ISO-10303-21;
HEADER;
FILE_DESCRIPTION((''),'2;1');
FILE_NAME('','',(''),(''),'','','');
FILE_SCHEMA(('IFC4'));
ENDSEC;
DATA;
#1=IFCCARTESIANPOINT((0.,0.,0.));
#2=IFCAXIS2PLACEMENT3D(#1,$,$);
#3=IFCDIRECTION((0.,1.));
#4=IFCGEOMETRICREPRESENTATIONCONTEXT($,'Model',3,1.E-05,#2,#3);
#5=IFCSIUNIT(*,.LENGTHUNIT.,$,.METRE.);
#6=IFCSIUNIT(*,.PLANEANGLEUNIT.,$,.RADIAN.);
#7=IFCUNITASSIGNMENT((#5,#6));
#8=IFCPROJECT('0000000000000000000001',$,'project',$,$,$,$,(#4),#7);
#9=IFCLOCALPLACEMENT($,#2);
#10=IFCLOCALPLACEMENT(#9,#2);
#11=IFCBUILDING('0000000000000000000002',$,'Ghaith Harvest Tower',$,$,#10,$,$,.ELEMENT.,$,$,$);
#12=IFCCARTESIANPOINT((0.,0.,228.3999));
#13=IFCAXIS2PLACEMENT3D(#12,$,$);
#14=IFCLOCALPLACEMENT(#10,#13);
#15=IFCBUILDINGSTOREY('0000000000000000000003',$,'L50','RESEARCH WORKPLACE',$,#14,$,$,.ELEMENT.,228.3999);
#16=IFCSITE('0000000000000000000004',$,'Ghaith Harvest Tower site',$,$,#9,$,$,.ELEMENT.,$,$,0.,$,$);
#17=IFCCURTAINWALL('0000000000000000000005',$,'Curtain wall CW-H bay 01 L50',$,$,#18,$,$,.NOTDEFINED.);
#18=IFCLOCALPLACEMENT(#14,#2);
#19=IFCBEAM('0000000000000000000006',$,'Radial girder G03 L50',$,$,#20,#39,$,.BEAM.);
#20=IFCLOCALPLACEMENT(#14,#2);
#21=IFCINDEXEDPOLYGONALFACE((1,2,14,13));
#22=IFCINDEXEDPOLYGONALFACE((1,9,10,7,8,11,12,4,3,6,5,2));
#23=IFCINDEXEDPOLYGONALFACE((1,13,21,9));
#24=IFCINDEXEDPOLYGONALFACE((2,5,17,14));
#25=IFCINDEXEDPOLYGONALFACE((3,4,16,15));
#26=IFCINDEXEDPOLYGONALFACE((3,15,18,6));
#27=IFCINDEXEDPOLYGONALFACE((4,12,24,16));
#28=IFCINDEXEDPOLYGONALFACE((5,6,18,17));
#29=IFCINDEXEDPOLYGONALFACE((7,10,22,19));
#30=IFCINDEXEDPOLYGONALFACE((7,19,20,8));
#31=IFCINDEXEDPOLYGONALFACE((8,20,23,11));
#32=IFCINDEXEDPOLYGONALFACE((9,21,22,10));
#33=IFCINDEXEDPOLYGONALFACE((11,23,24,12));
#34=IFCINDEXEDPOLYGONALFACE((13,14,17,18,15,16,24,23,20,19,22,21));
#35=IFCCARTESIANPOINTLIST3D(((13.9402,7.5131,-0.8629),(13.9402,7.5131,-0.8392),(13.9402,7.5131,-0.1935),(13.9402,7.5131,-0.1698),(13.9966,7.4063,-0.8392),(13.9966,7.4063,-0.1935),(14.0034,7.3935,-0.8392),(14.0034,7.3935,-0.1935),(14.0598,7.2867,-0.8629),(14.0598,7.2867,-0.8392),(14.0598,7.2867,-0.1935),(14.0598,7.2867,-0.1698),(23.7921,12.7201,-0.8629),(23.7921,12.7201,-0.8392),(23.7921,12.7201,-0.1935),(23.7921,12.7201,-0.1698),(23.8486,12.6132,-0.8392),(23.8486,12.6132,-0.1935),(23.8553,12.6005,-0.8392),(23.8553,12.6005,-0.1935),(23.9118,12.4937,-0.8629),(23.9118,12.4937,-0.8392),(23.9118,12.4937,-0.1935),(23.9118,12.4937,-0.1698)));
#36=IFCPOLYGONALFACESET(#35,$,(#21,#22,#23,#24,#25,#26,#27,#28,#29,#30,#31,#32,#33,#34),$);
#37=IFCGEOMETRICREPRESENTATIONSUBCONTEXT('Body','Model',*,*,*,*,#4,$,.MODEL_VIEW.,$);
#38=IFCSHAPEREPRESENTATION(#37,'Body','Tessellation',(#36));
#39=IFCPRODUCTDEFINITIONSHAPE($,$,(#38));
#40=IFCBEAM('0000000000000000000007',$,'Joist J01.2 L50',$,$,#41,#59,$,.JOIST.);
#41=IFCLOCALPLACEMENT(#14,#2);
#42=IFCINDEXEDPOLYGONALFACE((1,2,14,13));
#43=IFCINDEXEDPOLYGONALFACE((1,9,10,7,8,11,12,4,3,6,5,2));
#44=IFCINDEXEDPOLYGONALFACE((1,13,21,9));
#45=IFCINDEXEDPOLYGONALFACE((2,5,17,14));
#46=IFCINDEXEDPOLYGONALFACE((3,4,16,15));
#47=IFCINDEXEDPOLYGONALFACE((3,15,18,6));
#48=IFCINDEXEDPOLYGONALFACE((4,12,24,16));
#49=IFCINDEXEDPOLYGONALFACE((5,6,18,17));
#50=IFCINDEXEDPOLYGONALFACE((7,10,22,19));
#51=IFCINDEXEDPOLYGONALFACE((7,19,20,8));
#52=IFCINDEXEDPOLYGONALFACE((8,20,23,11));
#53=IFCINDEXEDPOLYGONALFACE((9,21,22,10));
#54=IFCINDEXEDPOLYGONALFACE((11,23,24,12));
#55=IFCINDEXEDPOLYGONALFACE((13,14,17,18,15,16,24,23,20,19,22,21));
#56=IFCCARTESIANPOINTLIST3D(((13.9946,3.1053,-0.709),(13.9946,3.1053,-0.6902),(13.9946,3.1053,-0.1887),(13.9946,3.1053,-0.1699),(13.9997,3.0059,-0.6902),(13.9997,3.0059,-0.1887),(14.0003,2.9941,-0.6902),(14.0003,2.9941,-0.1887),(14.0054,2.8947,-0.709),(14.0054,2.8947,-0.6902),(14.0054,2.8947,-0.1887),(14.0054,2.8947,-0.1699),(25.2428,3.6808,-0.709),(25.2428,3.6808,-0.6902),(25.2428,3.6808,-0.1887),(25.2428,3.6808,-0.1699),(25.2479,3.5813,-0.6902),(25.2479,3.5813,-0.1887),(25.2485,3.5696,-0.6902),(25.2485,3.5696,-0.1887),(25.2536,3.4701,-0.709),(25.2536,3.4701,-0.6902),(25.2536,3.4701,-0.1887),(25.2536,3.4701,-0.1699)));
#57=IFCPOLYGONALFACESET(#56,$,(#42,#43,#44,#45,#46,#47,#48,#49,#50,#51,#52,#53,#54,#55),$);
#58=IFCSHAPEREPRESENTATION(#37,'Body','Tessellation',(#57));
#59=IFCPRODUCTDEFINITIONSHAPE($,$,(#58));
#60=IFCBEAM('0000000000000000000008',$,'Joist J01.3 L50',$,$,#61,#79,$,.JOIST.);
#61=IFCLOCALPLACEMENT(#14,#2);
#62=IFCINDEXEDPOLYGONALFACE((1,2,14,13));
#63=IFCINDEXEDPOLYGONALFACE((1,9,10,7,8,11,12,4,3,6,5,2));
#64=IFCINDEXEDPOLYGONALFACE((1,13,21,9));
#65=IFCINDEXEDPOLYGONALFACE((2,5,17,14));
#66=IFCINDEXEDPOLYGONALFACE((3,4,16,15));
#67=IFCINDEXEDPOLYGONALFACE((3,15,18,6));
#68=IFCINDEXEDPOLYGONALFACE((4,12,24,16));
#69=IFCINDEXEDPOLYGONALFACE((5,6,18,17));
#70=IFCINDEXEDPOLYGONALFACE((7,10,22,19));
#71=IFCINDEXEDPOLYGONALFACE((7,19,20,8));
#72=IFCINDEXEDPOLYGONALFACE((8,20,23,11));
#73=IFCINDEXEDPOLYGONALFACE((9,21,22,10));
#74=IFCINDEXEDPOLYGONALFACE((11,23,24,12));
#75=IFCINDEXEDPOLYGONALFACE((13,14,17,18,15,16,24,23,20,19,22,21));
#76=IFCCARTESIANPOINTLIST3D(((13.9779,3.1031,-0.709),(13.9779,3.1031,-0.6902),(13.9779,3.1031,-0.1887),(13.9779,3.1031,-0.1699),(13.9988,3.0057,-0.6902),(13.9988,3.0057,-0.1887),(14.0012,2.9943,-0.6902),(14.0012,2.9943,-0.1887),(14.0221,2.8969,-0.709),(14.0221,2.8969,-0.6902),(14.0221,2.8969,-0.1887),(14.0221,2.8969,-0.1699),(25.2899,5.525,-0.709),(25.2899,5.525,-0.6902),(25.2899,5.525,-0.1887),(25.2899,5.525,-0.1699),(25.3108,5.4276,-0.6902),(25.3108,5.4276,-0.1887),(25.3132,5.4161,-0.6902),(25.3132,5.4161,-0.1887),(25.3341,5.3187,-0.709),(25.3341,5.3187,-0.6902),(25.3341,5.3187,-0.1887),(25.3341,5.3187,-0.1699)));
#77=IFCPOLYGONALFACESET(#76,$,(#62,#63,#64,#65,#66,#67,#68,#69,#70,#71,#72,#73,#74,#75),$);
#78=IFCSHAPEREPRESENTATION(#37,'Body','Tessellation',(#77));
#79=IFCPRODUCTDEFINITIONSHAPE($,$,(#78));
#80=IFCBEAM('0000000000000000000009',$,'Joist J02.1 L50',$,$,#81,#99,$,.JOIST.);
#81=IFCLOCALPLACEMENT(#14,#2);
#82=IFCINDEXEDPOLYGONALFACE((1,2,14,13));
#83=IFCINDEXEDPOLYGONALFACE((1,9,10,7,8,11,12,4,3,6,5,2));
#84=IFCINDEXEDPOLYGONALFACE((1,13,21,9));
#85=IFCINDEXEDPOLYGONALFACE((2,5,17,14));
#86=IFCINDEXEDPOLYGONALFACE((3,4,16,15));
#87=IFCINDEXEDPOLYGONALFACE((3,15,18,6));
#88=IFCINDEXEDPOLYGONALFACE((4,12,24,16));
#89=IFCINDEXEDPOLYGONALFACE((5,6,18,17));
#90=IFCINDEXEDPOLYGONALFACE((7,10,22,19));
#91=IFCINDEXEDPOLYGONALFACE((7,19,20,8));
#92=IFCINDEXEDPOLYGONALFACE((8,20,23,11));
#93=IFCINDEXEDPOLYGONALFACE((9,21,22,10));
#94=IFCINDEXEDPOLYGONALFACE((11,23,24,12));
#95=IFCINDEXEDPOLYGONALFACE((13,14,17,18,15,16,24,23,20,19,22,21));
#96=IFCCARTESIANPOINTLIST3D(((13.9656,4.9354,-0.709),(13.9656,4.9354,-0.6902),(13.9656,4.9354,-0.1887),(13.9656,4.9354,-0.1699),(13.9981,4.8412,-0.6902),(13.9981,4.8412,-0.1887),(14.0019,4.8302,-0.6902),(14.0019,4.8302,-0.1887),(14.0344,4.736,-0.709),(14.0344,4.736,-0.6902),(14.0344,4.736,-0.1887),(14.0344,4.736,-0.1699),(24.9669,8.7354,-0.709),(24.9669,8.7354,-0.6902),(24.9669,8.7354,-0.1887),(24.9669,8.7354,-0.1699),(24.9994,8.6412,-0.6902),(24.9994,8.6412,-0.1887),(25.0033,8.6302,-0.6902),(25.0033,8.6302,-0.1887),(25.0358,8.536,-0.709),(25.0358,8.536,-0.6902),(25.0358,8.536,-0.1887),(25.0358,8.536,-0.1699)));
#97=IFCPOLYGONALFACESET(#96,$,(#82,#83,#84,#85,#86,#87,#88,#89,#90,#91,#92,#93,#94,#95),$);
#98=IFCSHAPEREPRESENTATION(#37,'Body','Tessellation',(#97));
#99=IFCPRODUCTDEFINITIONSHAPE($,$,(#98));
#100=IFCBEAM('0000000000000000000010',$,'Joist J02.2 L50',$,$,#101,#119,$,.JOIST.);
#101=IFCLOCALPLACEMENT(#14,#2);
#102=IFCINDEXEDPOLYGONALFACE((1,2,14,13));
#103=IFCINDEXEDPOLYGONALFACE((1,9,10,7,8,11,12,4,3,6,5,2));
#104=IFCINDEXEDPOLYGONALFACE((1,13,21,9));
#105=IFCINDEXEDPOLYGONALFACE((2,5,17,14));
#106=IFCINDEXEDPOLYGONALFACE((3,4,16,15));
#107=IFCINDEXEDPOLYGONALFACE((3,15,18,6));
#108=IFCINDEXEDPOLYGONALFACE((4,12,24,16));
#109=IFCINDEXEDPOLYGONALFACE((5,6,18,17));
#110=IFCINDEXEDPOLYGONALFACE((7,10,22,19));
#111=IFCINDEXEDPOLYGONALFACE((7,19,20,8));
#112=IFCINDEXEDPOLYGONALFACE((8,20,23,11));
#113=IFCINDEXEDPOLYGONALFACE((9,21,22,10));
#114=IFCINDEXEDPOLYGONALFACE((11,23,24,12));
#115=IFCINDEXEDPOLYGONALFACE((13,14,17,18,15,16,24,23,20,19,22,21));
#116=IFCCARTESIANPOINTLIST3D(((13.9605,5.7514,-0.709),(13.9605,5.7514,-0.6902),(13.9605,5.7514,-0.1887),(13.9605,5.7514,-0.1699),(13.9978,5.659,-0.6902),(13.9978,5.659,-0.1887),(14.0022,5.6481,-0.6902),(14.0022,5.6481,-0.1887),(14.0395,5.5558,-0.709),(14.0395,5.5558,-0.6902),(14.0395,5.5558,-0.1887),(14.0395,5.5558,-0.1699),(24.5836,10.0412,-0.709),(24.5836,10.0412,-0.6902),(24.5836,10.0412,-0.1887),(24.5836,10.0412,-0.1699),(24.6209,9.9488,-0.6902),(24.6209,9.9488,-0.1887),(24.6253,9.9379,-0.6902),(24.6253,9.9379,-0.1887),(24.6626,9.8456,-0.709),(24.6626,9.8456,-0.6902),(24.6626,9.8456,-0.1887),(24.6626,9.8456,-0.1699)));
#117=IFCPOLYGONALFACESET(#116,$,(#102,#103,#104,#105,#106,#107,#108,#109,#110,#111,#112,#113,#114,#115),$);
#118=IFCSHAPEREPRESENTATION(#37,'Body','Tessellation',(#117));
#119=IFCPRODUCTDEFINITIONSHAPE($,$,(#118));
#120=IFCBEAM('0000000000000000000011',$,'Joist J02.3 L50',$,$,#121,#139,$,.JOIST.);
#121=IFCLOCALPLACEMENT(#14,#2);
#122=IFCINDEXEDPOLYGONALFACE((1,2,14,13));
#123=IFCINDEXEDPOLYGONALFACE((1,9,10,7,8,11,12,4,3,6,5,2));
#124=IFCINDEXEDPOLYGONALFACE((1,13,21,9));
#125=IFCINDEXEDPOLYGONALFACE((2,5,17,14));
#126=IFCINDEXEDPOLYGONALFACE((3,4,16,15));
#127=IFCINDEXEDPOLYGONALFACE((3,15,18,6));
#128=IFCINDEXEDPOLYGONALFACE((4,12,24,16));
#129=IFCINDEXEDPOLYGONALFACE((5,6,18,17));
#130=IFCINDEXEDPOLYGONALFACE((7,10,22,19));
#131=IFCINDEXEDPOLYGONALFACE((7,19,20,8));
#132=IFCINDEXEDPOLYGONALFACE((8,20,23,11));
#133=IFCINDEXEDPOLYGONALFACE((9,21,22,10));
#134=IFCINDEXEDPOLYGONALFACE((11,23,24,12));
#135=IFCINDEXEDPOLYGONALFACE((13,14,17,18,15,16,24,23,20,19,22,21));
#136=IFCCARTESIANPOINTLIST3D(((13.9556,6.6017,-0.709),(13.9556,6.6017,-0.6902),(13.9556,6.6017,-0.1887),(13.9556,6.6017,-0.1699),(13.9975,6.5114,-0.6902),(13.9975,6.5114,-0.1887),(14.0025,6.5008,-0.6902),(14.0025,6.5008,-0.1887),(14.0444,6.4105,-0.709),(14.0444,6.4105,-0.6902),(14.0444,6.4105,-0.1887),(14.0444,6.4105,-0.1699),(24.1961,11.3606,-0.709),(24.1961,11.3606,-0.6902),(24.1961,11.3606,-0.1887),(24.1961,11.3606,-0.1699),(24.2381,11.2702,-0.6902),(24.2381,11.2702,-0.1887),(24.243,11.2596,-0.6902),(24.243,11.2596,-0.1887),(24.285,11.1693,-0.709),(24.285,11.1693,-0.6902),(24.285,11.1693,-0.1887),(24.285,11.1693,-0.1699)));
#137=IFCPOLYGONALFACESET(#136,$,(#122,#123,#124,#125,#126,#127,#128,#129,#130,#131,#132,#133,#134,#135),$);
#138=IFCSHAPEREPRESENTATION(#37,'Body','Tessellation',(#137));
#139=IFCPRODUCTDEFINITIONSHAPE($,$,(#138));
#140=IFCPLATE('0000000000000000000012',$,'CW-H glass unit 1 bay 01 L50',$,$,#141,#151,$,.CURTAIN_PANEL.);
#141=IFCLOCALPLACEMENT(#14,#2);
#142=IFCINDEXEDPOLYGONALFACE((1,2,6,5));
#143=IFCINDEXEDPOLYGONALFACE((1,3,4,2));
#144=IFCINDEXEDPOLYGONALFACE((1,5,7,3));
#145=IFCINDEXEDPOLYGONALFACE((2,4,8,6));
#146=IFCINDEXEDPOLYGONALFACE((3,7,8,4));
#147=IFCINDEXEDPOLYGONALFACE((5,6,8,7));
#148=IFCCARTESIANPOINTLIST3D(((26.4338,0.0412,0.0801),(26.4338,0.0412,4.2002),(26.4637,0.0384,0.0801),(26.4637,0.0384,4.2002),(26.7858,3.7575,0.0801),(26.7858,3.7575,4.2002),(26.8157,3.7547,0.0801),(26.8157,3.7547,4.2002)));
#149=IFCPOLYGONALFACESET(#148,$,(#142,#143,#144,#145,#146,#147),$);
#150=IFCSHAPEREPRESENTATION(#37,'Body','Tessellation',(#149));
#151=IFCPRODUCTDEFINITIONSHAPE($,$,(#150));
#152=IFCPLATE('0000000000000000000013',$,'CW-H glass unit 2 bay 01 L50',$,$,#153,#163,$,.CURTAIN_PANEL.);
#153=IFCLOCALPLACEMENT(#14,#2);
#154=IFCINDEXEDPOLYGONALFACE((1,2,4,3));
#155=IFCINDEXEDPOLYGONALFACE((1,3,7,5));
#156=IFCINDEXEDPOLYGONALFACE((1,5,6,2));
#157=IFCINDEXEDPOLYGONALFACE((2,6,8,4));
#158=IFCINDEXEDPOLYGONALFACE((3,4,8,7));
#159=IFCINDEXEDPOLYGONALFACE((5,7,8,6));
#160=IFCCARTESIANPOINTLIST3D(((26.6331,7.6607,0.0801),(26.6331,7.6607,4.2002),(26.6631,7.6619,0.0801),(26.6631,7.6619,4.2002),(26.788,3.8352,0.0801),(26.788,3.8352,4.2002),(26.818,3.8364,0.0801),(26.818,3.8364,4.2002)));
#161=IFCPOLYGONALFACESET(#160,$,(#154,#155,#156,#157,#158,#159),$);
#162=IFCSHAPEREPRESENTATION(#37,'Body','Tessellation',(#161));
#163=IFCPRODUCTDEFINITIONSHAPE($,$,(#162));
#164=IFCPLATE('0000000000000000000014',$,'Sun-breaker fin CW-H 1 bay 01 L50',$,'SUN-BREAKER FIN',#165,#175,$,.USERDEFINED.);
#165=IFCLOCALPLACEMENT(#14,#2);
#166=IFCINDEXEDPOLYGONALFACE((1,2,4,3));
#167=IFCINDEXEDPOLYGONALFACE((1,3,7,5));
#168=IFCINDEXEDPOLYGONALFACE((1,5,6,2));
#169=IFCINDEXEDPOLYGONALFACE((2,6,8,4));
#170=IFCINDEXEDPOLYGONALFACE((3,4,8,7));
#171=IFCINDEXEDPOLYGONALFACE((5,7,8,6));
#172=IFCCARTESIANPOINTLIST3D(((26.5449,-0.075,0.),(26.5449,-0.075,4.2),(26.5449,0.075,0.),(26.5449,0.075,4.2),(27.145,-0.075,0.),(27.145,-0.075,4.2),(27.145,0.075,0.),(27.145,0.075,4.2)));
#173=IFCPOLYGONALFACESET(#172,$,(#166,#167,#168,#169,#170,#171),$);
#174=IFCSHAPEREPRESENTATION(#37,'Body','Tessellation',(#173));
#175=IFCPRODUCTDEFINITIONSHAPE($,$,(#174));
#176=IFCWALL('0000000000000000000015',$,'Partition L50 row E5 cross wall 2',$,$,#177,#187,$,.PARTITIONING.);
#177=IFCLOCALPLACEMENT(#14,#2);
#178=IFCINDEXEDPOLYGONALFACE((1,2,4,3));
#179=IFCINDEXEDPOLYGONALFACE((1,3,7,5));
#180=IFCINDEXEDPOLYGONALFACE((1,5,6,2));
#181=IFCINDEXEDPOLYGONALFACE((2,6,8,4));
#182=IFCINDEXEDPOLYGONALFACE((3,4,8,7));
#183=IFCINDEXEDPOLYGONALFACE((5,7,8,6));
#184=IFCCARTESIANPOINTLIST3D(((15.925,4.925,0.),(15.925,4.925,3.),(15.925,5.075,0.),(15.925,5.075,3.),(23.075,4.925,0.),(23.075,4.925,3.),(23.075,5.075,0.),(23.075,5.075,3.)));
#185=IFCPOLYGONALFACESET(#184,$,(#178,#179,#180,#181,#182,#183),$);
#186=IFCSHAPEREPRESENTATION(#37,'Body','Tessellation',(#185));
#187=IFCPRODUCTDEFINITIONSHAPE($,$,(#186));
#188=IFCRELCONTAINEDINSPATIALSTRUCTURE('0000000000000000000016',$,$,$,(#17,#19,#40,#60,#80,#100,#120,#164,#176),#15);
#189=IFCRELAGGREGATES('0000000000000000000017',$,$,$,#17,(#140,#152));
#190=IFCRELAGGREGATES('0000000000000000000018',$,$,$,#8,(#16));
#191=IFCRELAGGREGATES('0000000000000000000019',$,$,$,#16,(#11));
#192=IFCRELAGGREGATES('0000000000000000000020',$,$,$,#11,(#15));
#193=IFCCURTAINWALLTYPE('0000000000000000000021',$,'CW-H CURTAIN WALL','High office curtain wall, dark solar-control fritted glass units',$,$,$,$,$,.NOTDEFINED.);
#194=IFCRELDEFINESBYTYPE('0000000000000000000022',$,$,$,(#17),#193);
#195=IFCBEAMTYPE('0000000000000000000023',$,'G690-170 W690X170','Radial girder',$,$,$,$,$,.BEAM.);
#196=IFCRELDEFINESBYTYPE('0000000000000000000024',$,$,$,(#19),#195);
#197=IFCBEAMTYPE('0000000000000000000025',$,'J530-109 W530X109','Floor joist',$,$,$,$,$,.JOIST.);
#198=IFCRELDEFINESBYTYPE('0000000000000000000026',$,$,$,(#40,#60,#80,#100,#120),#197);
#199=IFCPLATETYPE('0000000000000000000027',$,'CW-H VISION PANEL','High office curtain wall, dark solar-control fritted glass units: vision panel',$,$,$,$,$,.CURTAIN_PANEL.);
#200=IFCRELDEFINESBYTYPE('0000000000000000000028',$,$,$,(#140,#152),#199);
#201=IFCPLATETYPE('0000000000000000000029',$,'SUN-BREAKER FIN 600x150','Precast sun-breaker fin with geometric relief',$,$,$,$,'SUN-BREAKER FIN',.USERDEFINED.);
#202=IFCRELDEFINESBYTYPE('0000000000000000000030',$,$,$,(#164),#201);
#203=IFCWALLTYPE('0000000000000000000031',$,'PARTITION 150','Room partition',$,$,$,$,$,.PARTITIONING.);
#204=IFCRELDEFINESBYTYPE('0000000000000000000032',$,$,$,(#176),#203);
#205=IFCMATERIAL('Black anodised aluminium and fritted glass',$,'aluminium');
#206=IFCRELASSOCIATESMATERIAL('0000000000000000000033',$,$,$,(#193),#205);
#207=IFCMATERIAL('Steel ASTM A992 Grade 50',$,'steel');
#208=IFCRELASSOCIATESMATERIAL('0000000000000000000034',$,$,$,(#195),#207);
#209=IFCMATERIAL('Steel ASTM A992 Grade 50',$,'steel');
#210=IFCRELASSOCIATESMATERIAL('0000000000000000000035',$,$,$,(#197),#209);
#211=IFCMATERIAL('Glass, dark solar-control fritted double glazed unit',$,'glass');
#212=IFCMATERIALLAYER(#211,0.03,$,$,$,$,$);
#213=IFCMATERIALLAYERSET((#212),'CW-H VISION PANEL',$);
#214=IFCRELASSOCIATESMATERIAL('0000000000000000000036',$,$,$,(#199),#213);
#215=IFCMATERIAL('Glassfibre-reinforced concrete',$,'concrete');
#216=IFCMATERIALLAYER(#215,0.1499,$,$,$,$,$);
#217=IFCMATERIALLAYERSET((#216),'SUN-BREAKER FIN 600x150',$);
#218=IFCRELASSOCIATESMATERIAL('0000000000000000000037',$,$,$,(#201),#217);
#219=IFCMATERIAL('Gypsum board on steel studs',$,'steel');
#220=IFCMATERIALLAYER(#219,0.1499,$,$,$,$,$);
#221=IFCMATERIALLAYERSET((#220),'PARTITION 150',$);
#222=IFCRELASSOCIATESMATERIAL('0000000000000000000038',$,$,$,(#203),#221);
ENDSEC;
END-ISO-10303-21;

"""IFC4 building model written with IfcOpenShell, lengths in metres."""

from ifc_helpers import new_model, si_unit, direction, frame, frame_2d, origin, origin_2d, place, context, subcontext, project, spatial, rectangle, i_section, extrude, material, layer, layer_set, material_profile, profile_set, type_object, element, aggregate, save


model = new_model("IFC4")

# Units and contexts
model_context = context("Model", 3, precision=1e-05, world=origin(), true_north=direction((0.0, 1.0)))
body_context = subcontext(model_context, "Body", "Model", "MODEL_VIEW")
ifc_project = project(units=[si_unit("LENGTHUNIT", "METRE"), si_unit("PLANEANGLEUNIT", "RADIAN")], contexts=[model_context])

# Site, building, storey
site_placement = place(None, origin())
site = spatial("IfcSite", under=ifc_project, at=site_placement, Name="Ghaith Harvest Tower site", CompositionType="ELEMENT", RefElevation=0.0)
building_placement = place(site_placement, origin())
building = spatial("IfcBuilding", under=site, at=building_placement, Name="Ghaith Harvest Tower", CompositionType="ELEMENT")
storey_placement = place(building_placement, frame((0.0, 0.0, 228.3999)))
storey = spatial("IfcBuildingStorey", under=building, at=storey_placement, Name="L50", Description="RESEARCH WORKPLACE", CompositionType="ELEMENT", Elevation=228.3999)

# Curtain wall
ifc_material_1 = material(Name="Black anodised aluminium and fritted glass", Category="aluminium")
curtain_wall_type = type_object("IfcCurtainWallType", Name="CW-H CURTAIN WALL", Description="High office curtain wall, dark solar-control fritted glass units", PredefinedType="NOTDEFINED", material=ifc_material_1)
curtain_wall_1_placement = place(storey_placement, origin())
curtain_wall_1 = element("IfcCurtainWall", 1, at=curtain_wall_1_placement, inside=storey, type_object=curtain_wall_type, Name="Curtain wall CW-H bay 01 L50", PredefinedType="NOTDEFINED")

# Beams
ifc_material_2 = material(Name="Steel ASTM A992 Grade 50", Category="steel")
ifc_material_profile_1 = material_profile(ifc_material_2, i_section(OverallWidth=0.2561, OverallDepth=0.6931, WebThickness=0.0144, FlangeThickness=0.0237, at=origin_2d()), Name="W690X170")
ifc_profile_set_1 = profile_set([ifc_material_profile_1], Name="Steel ASTM A992 Grade 50")
beam_type_1 = type_object("IfcBeamType", Name="G690-170 W690X170", Description="Radial girder", PredefinedType="BEAM", material=ifc_profile_set_1)
beam_1_placement = place(storey_placement, frame((14.0, 7.3999, -0.5164), z_axis=(0.884113, 0.467274, 0.0), x_axis=(-0.467274, 0.884113, 0.0)))
element("IfcBeam", 2, at=beam_1_placement, inside=storey, type_object=beam_type_1, Name="Radial girder G03 L50", PredefinedType="BEAM", context=body_context, shape_type="SweptSolid", body=[
    extrude(i_section(OverallWidth=0.2561, OverallDepth=0.6931, WebThickness=0.0144, FlangeThickness=0.0237, at=origin_2d()), origin(), (0.0, 0.0, 1.0), 11.1433),
])
ifc_material_3 = material(Name="Steel ASTM A992 Grade 50", Category="steel")
ifc_material_profile_2 = material_profile(ifc_material_3, i_section(OverallWidth=0.2109, OverallDepth=0.5391, WebThickness=0.0117, FlangeThickness=0.0188, at=origin_2d()), Name="W530X109")
ifc_profile_set_2 = profile_set([ifc_material_profile_2], Name="Steel ASTM A992 Grade 50")
beam_type_2 = type_object("IfcBeamType", Name="J530-109 W530X109", Description="Floor joist", PredefinedType="JOIST", material=ifc_profile_set_2)
beam_2_placement = place(storey_placement, frame((14.0, 3.0, -0.4395), z_axis=(0.998694, 0.051091, 0.0), x_axis=(-0.051091, 0.998694, 0.0)))
element("IfcBeam", 3, at=beam_2_placement, inside=storey, type_object=beam_type_2, Name="Joist J01.2 L50", PredefinedType="JOIST", context=body_context, shape_type="SweptSolid", body=[
    extrude(i_section(OverallWidth=0.2109, OverallDepth=0.5391, WebThickness=0.0117, FlangeThickness=0.0188, at=origin_2d()), origin(), (0.0, 0.0, 1.0), 11.2629),
])
beam_3_placement = place(storey_placement, frame((14.0, 3.0, -0.4395), z_axis=(0.97784, 0.209353, 0.0), x_axis=(-0.209353, 0.97784, 0.0)))
element("IfcBeam", 4, at=beam_3_placement, inside=storey, type_object=beam_type_2, Name="Joist J01.3 L50", PredefinedType="JOIST", context=body_context, shape_type="SweptSolid", body=[
    extrude(i_section(OverallWidth=0.2109, OverallDepth=0.5391, WebThickness=0.0117, FlangeThickness=0.0188, at=origin_2d()), origin(), (0.0, 0.0, 1.0), 11.5684),
])
beam_4_placement = place(storey_placement, frame((14.0, 4.8357, -0.4395), z_axis=(0.945202, 0.326485, 0.0), x_axis=(-0.326485, 0.945202, 0.0)))
element("IfcBeam", 5, at=beam_4_placement, inside=storey, type_object=beam_type_2, Name="Joist J02.1 L50", PredefinedType="JOIST", context=body_context, shape_type="SweptSolid", body=[
    extrude(i_section(OverallWidth=0.2109, OverallDepth=0.5391, WebThickness=0.0117, FlangeThickness=0.0188, at=origin_2d()), origin(), (0.0, 0.0, 1.0), 11.6392),
])
beam_5_placement = place(storey_placement, frame((14.0, 5.6536, -0.4395), z_axis=(0.92725, 0.374442, 0.0), x_axis=(-0.374442, 0.92725, 0.0)))
element("IfcBeam", 6, at=beam_5_placement, inside=storey, type_object=beam_type_2, Name="Joist J02.2 L50", PredefinedType="JOIST", context=body_context, shape_type="SweptSolid", body=[
    extrude(i_section(OverallWidth=0.2109, OverallDepth=0.5391, WebThickness=0.0117, FlangeThickness=0.0188, at=origin_2d()), origin(), (0.0, 0.0, 1.0), 11.4565),
])
beam_6_placement = place(storey_placement, frame((14.0, 6.5061, -0.4395), z_axis=(0.906864, 0.421423, 0.0), x_axis=(-0.421423, 0.906864, 0.0)))
element("IfcBeam", 7, at=beam_6_placement, inside=storey, type_object=beam_type_2, Name="Joist J02.3 L50", PredefinedType="JOIST", context=body_context, shape_type="SweptSolid", body=[
    extrude(i_section(OverallWidth=0.2109, OverallDepth=0.5391, WebThickness=0.0117, FlangeThickness=0.0188, at=origin_2d()), origin(), (0.0, 0.0, 1.0), 11.2922),
])

# Plates
ifc_material_4 = material(Name="Glass, dark solar-control fritted double glazed unit", Category="glass")
ifc_layer_1 = layer(ifc_material_4, 0.03)
ifc_layer_set_1 = layer_set([ifc_layer_1], Name="CW-H VISION PANEL")
plate_type_1 = type_object("IfcPlateType", Name="CW-H VISION PANEL", Description="High office curtain wall, dark solar-control fritted glass units: vision panel", PredefinedType="CURTAIN_PANEL", material=ifc_layer_set_1)
plate_1_placement = place(storey_placement, frame((26.6248, 1.8979, 0.0801), z_axis=(0.0, 0.0, 1.0), x_axis=(0.094302, 0.995544, 0.0)))
plate_1 = element("IfcPlate", 8, at=plate_1_placement, type_object=plate_type_1, Name="CW-H glass unit 1 bay 01 L50", PredefinedType="CURTAIN_PANEL", context=body_context, shape_type="SweptSolid", body=[
    extrude(rectangle(XDim=3.7329, YDim=0.03, at=origin_2d()), origin(), (0.0, 0.0, 1.0), 4.1201),
])
plate_2_placement = place(storey_placement, frame((26.7256, 5.7485, 0.0801), z_axis=(0.0, 0.0, 1.0), x_axis=(-0.040462, 0.999181, 0.0)))
plate_2 = element("IfcPlate", 9, at=plate_2_placement, type_object=plate_type_1, Name="CW-H glass unit 2 bay 01 L50", PredefinedType="CURTAIN_PANEL", context=body_context, shape_type="SweptSolid", body=[
    extrude(rectangle(XDim=3.8286, YDim=0.03, at=origin_2d()), origin(), (0.0, 0.0, 1.0), 4.1201),
])
aggregate(curtain_wall_1, [plate_1, plate_2])
ifc_material_5 = material(Name="Glassfibre-reinforced concrete", Category="concrete")
ifc_layer_2 = layer(ifc_material_5, 0.1499)
ifc_layer_set_2 = layer_set([ifc_layer_2], Name="SUN-BREAKER FIN 600x150")
plate_type_2 = type_object("IfcPlateType", Name="SUN-BREAKER FIN 600x150", Description="Precast sun-breaker fin with geometric relief", ElementType="SUN-BREAKER FIN", PredefinedType="USERDEFINED", material=ifc_layer_set_2)
plate_3_placement = place(storey_placement, frame((26.845, 0.0, 0.0), z_axis=(0.0, 0.0, 1.0), x_axis=(1.0, 0.0, 0.0)))
element("IfcPlate", 10, at=plate_3_placement, inside=storey, type_object=plate_type_2, Name="Sun-breaker fin CW-H 1 bay 01 L50", ObjectType="SUN-BREAKER FIN", PredefinedType="USERDEFINED", context=body_context, shape_type="SweptSolid", body=[
    extrude(rectangle(XDim=0.6001, YDim=0.1499, at=origin_2d()), origin(), (0.0, 0.0, 1.0), 4.2),
])

# Wall
ifc_material_6 = material(Name="Gypsum board on steel studs", Category="steel")
ifc_layer_3 = layer(ifc_material_6, 0.1499)
ifc_layer_set_3 = layer_set([ifc_layer_3], Name="PARTITION 150")
wall_type = type_object("IfcWallType", Name="PARTITION 150", Description="Room partition", PredefinedType="PARTITIONING", material=ifc_layer_set_3)
wall_1_placement = place(storey_placement, frame((15.925, 5.0, 0.0), z_axis=(0.0, 0.0, 1.0), x_axis=(1.0, 0.0, 0.0)))
element("IfcWall", 11, at=wall_1_placement, inside=storey, type_object=wall_type, Name="Partition L50 row E5 cross wall 2", PredefinedType="PARTITIONING", context=body_context, shape_type="SweptSolid", body=[
    extrude(rectangle(XDim=7.1499, YDim=0.1499, at=frame_2d((3.575, 0.0))), origin(), (0.0, 0.0, 1.0), 3.0),
])

save(model, "model.ifc")
